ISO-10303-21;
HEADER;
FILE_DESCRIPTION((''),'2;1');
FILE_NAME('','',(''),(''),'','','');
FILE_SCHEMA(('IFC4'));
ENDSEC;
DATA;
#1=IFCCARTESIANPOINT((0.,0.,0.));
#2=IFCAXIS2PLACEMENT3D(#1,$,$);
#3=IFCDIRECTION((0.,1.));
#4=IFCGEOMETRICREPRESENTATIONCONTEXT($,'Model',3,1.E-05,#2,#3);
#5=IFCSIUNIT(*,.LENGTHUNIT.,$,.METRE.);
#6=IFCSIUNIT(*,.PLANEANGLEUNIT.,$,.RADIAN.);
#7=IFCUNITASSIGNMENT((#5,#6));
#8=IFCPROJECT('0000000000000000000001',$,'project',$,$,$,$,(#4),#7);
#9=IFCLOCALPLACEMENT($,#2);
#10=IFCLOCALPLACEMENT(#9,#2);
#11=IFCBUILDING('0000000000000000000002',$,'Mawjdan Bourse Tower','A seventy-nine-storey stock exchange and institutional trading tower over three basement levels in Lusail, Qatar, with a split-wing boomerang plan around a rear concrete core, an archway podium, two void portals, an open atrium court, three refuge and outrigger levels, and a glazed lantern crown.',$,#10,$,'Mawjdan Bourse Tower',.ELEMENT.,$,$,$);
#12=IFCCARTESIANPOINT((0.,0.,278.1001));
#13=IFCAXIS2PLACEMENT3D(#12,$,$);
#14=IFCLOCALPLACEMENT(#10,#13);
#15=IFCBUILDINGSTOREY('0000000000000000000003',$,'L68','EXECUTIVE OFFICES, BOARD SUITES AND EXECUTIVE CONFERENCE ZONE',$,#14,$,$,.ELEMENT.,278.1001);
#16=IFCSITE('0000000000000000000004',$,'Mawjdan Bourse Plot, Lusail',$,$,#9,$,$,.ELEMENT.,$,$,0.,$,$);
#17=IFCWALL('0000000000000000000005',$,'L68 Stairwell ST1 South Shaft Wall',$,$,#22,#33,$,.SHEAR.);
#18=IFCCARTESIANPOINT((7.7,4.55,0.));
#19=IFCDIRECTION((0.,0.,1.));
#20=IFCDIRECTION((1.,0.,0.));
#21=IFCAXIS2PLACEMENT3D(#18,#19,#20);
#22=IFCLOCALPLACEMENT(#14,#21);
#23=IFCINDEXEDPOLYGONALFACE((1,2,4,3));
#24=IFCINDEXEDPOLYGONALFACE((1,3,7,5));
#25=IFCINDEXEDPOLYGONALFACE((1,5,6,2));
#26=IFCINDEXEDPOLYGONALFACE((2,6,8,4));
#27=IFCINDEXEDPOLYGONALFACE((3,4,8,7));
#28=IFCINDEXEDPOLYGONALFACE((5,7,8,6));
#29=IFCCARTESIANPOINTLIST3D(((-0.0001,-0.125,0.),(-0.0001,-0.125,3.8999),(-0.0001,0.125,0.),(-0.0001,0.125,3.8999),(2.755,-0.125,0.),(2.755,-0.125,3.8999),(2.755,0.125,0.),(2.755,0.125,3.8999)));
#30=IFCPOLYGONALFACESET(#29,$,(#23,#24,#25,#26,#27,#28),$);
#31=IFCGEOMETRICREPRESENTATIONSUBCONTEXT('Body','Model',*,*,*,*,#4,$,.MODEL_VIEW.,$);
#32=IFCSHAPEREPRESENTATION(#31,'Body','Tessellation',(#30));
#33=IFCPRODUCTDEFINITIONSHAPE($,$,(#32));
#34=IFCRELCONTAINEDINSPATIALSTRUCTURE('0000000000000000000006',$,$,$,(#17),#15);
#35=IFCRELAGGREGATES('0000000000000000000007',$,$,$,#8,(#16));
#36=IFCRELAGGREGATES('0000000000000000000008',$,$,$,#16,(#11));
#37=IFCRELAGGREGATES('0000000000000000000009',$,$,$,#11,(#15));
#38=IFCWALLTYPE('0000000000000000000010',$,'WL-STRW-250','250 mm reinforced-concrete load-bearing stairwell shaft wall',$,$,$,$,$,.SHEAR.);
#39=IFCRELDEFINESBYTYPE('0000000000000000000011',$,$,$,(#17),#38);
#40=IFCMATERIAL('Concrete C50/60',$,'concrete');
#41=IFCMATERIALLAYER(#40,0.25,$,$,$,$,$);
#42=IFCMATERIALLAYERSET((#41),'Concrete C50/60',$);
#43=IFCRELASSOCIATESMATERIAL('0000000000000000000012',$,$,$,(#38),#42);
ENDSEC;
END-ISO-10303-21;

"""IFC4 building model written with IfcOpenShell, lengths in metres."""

from ifc_helpers import new_model, si_unit, direction, frame, frame_2d, origin, place, context, subcontext, project, spatial, rectangle, extrude, material, layer, layer_set, type_object, element, save


model = new_model("IFC4")

# Units and contexts
model_context = context("Model", 3, precision=1e-05, world=origin(), true_north=direction((0.0, 1.0)))
body_context = subcontext(model_context, "Body", "Model", "MODEL_VIEW")
ifc_project = project(units=[si_unit("LENGTHUNIT", "METRE"), si_unit("PLANEANGLEUNIT", "RADIAN")], contexts=[model_context])

# Site, building, storey
site_placement = place(None, origin())
site = spatial("IfcSite", under=ifc_project, at=site_placement, Name="Mawjdan Bourse Plot, Lusail", CompositionType="ELEMENT", RefElevation=0.0)
building_placement = place(site_placement, origin())
building = spatial("IfcBuilding", under=site, at=building_placement, Name="Mawjdan Bourse Tower", Description="A seventy-nine-storey stock exchange and institutional trading tower over three basement levels in Lusail, Qatar, with a split-wing boomerang plan around a rear concrete core, an archway podium, two void portals, an open atrium court, three refuge and outrigger levels, and a glazed lantern crown.", LongName="Mawjdan Bourse Tower", CompositionType="ELEMENT")
storey_placement = place(building_placement, frame((0.0, 0.0, 278.1001)))
storey = spatial("IfcBuildingStorey", under=building, at=storey_placement, Name="L68", Description="EXECUTIVE OFFICES, BOARD SUITES AND EXECUTIVE CONFERENCE ZONE", CompositionType="ELEMENT", Elevation=278.1001)

# Shared definitions
ifc_material_1 = material(Name="Concrete C50/60", Category="concrete")

# Wall
ifc_layer_1 = layer(ifc_material_1, 0.25)
ifc_layer_set_1 = layer_set([ifc_layer_1], Name="Concrete C50/60")
wall_type_1 = type_object("IfcWallType", Name="WL-STRW-250", Description="250 mm reinforced-concrete load-bearing stairwell shaft wall", PredefinedType="SHEAR", material=ifc_layer_set_1)
wall_1_placement = place(storey_placement, frame((7.7, 4.55, 0.0), z_axis=(0.0, 0.0, 1.0), x_axis=(1.0, 0.0, 0.0)))
element("IfcWall", 1, at=wall_1_placement, inside=storey, type_object=wall_type_1, Name="L68 Stairwell ST1 South Shaft Wall", PredefinedType="SHEAR", context=body_context, shape_type="SweptSolid", body=[
    extrude(rectangle(XDim=2.7551, YDim=0.25, at=frame_2d((1.3774, 0.0))), origin(), (0.0, 0.0, 1.0), 3.8999),
])

save(model, "model.ifc")
